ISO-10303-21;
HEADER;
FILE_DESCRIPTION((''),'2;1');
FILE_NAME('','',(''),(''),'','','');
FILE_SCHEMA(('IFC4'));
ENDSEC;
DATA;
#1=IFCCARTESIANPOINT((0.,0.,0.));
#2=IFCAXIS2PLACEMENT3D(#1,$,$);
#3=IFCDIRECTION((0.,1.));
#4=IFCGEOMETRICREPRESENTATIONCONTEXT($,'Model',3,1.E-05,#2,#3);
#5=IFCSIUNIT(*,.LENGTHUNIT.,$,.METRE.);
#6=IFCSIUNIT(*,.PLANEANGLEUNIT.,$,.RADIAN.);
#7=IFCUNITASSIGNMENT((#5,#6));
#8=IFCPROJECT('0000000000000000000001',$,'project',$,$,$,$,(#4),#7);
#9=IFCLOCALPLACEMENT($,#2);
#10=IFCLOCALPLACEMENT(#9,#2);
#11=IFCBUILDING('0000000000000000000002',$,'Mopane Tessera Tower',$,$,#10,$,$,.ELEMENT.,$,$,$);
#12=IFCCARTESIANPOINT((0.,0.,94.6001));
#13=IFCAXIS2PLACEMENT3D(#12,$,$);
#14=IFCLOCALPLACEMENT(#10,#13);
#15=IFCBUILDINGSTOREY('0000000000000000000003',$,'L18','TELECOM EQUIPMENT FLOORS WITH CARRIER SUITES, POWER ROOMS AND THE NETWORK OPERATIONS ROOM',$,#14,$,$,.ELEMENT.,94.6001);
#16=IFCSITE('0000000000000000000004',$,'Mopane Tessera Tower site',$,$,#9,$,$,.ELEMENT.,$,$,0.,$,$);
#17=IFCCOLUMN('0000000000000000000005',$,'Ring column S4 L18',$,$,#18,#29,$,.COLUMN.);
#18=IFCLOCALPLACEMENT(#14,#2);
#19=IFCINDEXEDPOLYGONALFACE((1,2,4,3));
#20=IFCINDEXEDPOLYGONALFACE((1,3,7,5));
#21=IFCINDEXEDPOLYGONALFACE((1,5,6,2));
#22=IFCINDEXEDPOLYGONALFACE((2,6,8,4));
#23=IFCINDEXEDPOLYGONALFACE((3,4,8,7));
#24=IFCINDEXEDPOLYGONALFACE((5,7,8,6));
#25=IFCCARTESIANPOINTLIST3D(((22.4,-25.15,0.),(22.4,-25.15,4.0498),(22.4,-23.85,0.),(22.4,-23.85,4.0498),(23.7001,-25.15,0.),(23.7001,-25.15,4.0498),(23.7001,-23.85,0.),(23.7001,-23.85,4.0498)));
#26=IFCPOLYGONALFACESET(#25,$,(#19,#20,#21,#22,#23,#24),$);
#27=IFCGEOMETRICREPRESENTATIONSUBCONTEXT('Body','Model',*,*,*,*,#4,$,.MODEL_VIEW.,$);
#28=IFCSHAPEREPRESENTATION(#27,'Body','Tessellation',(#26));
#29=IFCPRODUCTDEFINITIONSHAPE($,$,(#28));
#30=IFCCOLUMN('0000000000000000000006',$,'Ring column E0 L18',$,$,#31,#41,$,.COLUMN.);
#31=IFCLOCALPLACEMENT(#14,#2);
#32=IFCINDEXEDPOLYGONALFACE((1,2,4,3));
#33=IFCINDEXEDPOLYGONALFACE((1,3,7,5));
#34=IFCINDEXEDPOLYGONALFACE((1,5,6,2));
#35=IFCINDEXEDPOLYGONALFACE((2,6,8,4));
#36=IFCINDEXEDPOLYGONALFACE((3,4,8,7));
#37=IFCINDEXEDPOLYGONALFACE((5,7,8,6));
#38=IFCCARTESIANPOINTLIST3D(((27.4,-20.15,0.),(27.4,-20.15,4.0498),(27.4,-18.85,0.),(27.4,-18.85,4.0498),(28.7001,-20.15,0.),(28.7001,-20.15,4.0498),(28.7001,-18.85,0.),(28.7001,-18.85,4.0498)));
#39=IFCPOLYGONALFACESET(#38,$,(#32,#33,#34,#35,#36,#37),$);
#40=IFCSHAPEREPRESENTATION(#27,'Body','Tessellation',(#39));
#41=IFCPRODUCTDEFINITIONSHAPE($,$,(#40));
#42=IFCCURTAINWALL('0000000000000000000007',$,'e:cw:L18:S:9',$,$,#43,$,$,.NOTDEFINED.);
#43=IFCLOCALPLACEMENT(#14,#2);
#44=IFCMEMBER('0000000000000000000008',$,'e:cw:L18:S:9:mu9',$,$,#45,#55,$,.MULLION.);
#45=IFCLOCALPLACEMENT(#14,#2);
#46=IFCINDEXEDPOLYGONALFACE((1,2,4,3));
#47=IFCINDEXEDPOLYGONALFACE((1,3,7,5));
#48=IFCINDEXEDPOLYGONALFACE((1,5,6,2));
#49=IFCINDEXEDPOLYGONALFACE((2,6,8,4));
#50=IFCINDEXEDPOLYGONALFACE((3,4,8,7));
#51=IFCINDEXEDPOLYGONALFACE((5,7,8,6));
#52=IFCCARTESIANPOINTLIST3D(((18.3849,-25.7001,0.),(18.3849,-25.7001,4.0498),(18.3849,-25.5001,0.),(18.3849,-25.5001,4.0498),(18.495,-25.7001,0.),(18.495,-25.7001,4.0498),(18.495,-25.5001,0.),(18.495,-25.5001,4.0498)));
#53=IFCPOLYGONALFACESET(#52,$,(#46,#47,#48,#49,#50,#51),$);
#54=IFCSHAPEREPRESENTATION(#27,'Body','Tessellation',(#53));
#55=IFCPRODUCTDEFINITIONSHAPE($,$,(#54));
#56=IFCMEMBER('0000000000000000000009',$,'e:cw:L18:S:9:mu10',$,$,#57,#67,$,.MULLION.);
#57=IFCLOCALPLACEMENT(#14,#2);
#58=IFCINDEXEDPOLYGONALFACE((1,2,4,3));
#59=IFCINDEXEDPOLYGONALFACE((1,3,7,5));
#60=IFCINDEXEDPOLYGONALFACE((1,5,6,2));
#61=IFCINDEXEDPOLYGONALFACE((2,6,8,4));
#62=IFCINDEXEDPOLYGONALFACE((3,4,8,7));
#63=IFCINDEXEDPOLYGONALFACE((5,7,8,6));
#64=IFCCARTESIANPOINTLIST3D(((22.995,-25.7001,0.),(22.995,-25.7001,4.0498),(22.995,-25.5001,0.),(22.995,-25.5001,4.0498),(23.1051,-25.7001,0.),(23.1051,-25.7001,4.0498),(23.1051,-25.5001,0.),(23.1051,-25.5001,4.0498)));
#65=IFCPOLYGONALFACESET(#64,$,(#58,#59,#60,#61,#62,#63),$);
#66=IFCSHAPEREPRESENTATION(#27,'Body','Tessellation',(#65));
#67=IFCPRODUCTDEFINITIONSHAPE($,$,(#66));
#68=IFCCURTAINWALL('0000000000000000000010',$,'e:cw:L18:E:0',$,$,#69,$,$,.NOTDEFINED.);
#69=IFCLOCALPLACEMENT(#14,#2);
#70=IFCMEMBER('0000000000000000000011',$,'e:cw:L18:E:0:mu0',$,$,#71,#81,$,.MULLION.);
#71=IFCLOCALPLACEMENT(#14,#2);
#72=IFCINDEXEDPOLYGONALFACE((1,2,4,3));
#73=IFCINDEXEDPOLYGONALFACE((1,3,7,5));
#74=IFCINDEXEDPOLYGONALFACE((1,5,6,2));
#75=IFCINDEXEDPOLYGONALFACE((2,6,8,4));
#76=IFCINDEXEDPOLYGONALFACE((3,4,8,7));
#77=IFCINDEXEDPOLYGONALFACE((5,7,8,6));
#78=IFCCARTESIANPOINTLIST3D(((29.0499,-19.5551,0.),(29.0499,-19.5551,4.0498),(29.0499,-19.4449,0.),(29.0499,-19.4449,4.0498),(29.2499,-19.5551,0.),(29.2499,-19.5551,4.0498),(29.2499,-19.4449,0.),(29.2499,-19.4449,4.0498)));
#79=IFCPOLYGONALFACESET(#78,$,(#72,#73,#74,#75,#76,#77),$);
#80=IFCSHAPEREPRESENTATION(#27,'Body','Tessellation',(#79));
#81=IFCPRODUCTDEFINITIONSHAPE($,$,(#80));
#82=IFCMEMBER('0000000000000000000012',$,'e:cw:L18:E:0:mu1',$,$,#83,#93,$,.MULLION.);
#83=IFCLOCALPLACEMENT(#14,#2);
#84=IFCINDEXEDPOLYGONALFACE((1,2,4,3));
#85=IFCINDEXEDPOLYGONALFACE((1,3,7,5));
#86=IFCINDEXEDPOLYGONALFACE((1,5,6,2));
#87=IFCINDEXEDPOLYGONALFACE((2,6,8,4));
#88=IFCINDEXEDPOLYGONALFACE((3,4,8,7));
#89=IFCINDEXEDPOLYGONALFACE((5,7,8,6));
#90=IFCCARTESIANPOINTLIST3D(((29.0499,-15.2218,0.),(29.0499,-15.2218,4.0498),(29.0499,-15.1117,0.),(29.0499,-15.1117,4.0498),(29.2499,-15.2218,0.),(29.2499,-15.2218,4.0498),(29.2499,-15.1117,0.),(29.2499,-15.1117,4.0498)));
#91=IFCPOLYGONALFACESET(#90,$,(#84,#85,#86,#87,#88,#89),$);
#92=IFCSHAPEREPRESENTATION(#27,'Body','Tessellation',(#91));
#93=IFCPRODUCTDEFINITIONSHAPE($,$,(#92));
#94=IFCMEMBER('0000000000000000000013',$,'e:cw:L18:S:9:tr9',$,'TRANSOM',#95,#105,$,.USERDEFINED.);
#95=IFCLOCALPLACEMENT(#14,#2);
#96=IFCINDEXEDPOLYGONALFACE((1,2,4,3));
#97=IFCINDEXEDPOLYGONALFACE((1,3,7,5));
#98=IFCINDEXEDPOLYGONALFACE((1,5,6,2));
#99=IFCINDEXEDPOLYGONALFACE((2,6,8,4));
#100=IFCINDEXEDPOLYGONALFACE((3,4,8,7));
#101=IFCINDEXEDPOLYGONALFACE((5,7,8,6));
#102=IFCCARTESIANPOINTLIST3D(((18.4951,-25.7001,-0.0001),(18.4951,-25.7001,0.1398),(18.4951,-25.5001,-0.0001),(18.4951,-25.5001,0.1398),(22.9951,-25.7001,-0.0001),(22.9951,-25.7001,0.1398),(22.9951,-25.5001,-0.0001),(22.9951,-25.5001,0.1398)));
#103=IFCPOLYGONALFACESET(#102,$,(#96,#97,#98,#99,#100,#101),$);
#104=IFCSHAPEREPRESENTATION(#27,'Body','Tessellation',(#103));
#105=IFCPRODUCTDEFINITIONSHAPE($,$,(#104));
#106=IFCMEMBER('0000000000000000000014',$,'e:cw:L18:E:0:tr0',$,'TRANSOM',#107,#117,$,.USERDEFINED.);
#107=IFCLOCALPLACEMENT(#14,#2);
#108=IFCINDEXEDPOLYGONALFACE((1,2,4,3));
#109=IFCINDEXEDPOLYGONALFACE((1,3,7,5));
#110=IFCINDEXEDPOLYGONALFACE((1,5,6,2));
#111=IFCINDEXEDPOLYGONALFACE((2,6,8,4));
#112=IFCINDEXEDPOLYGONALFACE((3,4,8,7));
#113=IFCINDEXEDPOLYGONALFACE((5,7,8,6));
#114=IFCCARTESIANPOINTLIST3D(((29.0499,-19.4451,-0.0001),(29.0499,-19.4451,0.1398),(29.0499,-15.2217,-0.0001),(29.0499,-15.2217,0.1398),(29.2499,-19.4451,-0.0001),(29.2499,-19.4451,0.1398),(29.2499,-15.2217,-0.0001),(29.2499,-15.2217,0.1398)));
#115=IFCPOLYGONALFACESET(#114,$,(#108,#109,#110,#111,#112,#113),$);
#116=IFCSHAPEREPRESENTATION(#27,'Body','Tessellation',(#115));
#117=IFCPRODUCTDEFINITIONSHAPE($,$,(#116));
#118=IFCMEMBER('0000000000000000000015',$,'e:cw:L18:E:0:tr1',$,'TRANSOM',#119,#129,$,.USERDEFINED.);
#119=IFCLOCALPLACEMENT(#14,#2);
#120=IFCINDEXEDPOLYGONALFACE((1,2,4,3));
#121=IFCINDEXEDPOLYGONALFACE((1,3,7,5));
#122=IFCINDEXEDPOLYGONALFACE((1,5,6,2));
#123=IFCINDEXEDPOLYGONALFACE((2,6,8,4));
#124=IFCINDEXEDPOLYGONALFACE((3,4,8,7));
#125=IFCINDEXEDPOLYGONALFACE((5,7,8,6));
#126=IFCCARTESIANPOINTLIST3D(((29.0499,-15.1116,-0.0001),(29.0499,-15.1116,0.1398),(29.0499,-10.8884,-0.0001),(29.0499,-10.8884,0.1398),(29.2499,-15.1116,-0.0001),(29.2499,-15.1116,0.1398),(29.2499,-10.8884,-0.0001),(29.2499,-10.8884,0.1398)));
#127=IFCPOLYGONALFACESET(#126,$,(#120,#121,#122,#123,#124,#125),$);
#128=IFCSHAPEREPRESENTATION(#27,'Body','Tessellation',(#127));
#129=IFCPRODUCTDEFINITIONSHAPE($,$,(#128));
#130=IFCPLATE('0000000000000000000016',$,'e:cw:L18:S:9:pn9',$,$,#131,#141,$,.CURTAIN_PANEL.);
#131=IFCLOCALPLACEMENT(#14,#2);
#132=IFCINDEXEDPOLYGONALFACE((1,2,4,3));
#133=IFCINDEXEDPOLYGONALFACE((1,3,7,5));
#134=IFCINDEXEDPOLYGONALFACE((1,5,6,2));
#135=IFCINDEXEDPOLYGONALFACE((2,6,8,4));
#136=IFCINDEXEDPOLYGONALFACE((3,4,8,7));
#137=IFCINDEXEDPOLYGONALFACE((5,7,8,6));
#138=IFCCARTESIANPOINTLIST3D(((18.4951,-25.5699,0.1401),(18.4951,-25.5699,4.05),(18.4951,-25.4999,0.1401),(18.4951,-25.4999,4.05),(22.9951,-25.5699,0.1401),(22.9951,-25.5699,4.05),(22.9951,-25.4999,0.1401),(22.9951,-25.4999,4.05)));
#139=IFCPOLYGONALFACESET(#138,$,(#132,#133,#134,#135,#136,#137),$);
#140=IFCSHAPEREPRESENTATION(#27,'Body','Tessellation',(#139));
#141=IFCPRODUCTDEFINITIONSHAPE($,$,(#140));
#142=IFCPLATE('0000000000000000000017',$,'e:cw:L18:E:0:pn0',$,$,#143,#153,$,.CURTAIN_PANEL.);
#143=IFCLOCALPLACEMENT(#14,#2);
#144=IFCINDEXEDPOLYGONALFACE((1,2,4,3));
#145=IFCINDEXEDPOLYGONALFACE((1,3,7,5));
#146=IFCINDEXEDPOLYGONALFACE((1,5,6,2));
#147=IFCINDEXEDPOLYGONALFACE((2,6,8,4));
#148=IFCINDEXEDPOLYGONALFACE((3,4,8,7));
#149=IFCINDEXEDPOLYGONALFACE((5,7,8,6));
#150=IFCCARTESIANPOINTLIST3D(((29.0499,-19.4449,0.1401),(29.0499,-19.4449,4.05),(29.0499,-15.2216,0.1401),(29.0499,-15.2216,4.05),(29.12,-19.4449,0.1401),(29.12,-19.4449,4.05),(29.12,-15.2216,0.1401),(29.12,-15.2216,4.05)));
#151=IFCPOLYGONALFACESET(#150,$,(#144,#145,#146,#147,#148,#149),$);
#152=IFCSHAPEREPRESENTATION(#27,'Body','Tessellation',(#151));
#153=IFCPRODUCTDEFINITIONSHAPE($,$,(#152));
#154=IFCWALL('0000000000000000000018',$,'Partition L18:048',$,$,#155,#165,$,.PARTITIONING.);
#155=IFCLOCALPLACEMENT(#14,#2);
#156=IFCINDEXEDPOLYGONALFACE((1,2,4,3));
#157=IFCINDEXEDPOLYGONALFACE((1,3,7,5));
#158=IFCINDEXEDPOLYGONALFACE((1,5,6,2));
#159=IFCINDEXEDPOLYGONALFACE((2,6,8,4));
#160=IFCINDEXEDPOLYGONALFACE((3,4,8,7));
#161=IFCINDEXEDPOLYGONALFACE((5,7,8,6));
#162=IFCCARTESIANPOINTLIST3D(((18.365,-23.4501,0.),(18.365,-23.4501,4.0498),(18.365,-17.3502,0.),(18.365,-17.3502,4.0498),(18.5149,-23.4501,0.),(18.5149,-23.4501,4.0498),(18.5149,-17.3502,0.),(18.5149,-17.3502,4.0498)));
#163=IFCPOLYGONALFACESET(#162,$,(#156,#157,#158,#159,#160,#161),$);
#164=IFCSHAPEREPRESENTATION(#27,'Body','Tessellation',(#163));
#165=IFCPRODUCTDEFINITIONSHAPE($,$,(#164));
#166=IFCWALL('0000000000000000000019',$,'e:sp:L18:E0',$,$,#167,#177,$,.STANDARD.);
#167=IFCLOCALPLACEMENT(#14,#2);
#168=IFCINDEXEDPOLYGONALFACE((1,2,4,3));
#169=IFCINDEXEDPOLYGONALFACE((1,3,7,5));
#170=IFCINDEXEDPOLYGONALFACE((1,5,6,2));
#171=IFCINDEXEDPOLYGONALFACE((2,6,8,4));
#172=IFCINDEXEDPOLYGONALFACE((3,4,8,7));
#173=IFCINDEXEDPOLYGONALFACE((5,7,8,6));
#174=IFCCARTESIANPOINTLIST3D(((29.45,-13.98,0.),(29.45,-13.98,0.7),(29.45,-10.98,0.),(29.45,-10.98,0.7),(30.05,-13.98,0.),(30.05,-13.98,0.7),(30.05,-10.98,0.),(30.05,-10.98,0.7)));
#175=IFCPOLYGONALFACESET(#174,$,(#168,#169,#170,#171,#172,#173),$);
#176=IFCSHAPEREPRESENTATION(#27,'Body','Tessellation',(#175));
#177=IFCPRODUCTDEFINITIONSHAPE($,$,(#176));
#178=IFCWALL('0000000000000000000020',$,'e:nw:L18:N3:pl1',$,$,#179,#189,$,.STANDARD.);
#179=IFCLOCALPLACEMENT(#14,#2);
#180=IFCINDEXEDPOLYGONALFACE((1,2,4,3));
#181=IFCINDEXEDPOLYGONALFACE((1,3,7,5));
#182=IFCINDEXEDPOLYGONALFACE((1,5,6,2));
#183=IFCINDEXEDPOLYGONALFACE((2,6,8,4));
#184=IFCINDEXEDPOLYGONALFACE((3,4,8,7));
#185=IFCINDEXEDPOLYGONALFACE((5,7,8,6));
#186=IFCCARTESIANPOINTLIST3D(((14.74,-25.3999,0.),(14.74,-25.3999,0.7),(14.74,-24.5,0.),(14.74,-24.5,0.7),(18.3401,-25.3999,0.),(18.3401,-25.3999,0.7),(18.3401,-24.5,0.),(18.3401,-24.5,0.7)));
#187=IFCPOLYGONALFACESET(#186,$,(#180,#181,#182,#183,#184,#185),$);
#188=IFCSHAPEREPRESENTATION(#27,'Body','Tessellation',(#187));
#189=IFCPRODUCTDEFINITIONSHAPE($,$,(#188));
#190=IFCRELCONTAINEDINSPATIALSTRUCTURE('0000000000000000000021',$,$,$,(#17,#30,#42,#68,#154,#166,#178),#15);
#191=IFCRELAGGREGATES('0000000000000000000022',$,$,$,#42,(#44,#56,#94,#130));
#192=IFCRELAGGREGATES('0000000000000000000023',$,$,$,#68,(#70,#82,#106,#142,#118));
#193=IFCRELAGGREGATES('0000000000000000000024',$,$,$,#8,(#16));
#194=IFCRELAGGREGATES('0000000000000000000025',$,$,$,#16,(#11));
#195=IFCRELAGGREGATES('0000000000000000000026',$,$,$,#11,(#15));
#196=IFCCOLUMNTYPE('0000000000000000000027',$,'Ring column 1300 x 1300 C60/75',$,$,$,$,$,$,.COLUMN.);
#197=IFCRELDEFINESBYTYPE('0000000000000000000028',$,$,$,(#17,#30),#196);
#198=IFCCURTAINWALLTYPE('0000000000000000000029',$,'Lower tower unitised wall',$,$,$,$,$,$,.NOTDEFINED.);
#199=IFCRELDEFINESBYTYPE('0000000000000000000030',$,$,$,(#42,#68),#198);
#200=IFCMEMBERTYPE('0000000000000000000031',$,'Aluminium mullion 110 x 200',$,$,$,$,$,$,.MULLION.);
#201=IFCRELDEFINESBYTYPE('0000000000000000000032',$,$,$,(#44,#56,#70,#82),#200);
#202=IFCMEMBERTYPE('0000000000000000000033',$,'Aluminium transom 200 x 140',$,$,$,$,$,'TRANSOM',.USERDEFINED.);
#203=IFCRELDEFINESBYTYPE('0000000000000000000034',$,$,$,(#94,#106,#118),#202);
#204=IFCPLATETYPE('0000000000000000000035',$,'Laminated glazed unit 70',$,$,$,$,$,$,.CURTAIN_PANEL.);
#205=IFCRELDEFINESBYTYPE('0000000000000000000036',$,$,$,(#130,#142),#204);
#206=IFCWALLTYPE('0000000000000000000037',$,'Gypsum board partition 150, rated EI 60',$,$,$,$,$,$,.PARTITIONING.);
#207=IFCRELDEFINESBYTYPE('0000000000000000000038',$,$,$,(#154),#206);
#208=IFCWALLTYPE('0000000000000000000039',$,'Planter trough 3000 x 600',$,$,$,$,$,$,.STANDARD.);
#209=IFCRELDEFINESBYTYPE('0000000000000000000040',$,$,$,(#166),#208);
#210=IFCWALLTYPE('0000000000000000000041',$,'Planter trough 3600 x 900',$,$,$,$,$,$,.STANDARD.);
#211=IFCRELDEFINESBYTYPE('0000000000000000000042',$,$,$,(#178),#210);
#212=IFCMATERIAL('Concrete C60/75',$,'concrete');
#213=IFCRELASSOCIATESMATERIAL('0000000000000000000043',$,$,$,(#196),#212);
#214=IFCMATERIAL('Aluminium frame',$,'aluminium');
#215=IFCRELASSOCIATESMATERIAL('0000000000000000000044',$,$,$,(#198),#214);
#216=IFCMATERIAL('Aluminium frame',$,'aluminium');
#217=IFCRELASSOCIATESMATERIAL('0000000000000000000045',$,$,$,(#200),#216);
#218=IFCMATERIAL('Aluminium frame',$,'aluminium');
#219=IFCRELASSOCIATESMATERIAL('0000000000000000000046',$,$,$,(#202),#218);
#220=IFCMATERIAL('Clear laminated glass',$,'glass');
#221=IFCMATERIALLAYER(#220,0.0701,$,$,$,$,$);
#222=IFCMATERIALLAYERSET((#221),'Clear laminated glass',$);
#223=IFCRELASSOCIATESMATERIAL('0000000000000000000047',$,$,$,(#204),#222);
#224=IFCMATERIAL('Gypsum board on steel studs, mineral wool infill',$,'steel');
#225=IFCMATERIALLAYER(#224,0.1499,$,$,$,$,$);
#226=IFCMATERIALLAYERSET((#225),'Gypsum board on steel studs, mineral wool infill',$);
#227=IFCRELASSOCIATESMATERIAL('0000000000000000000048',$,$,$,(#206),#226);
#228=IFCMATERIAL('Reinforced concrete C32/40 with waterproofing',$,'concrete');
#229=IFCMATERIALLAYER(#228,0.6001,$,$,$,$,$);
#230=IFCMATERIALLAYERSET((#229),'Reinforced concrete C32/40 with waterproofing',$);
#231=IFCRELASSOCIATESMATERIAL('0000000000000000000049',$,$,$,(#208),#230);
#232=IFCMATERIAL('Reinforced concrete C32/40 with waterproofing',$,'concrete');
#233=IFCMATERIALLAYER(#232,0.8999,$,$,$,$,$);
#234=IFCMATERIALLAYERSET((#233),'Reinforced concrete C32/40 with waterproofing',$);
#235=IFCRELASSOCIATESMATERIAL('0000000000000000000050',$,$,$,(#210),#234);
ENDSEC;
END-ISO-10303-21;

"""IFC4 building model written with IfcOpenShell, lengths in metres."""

from ifc_helpers import new_model, si_unit, direction, frame, frame_2d, origin, origin_2d, place, context, subcontext, project, spatial, rectangle, extrude, material, layer, layer_set, material_profile, profile_set, type_object, element, aggregate, save


model = new_model("IFC4")

# Units and contexts
model_context = context("Model", 3, precision=1e-05, world=origin(), true_north=direction((0.0, 1.0)))
body_context = subcontext(model_context, "Body", "Model", "MODEL_VIEW")
ifc_project = project(units=[si_unit("LENGTHUNIT", "METRE"), si_unit("PLANEANGLEUNIT", "RADIAN")], contexts=[model_context])

# Site, building, storey
site_placement = place(None, origin())
site = spatial("IfcSite", under=ifc_project, at=site_placement, Name="Mopane Tessera Tower site", CompositionType="ELEMENT", RefElevation=0.0)
building_placement = place(site_placement, origin())
building = spatial("IfcBuilding", under=site, at=building_placement, Name="Mopane Tessera Tower", CompositionType="ELEMENT")
storey_placement = place(building_placement, frame((0.0, 0.0, 94.6001)))
storey = spatial("IfcBuildingStorey", under=building, at=storey_placement, Name="L18", Description="TELECOM EQUIPMENT FLOORS WITH CARRIER SUITES, POWER ROOMS AND THE NETWORK OPERATIONS ROOM", CompositionType="ELEMENT", Elevation=94.6001)

# Columns
ifc_material_1 = material(Name="Concrete C60/75", Category="concrete")
ifc_material_profile_1 = material_profile(ifc_material_1, rectangle(XDim=1.3, YDim=1.3, at=origin_2d()))
ifc_profile_set_1 = profile_set([ifc_material_profile_1], Name="Concrete C60/75")
column_type = type_object("IfcColumnType", Name="Ring column 1300 x 1300 C60/75", PredefinedType="COLUMN", material=ifc_profile_set_1)
for number, where, z_axis, x_axis, name in (
    (1, (23.05, -24.5, 0.0), (0.0, 0.0, 1.0), (1.0, 0.0, 0.0), "Ring column S4 L18"),
    (2, (28.05, -19.5, 0.0), (0.0, 0.0, 1.0), (1.0, 0.0, 0.0), "Ring column E0 L18"),
):
    element("IfcColumn", number, at=place(storey_placement, frame(where, z_axis=z_axis, x_axis=x_axis)), inside=storey, type_object=column_type, Name=name, PredefinedType="COLUMN", context=body_context, shape_type="SweptSolid", body=[
        extrude(rectangle(XDim=1.3, YDim=1.3, at=origin_2d()), origin(), (0.0, 0.0, 1.0), 4.0498),
    ])

# Curtain walls, members
ifc_material_2 = material(Name="Aluminium frame", Category="aluminium")
curtain_wall_type = type_object("IfcCurtainWallType", Name="Lower tower unitised wall", PredefinedType="NOTDEFINED", material=ifc_material_2)
curtain_wall_1_placement = place(storey_placement, origin())
curtain_wall_1 = element("IfcCurtainWall", 3, at=curtain_wall_1_placement, inside=storey, type_object=curtain_wall_type, Name="e:cw:L18:S:9", PredefinedType="NOTDEFINED")
ifc_material_3 = material(Name="Aluminium frame", Category="aluminium")
ifc_material_profile_2 = material_profile(ifc_material_3, rectangle(XDim=0.1101, YDim=0.2, at=origin_2d()))
ifc_profile_set_2 = profile_set([ifc_material_profile_2], Name="Aluminium frame")
member_type_1 = type_object("IfcMemberType", Name="Aluminium mullion 110 x 200", PredefinedType="MULLION", material=ifc_profile_set_2)
member_1_placement = place(storey_placement, frame((18.4399, -25.6001, 0.0), z_axis=(0.0, 0.0, 1.0), x_axis=(1.0, 0.0, 0.0)))
member_1 = element("IfcMember", 4, at=member_1_placement, type_object=member_type_1, Name="e:cw:L18:S:9:mu9", PredefinedType="MULLION", context=body_context, shape_type="SweptSolid", body=[
    extrude(rectangle(XDim=0.1101, YDim=0.2, at=origin_2d()), origin(), (0.0, 0.0, 1.0), 4.0498),
])
member_2_placement = place(storey_placement, frame((23.05, -25.6001, 0.0), z_axis=(0.0, 0.0, 1.0), x_axis=(1.0, 0.0, 0.0)))
member_2 = element("IfcMember", 5, at=member_2_placement, type_object=member_type_1, Name="e:cw:L18:S:9:mu10", PredefinedType="MULLION", context=body_context, shape_type="SweptSolid", body=[
    extrude(rectangle(XDim=0.1101, YDim=0.2, at=origin_2d()), origin(), (0.0, 0.0, 1.0), 4.0498),
])
curtain_wall_2_placement = place(storey_placement, origin())
curtain_wall_2 = element("IfcCurtainWall", 6, at=curtain_wall_2_placement, inside=storey, type_object=curtain_wall_type, Name="e:cw:L18:E:0", PredefinedType="NOTDEFINED")
member_3_placement = place(storey_placement, frame((29.1499, -19.5, 0.0), z_axis=(0.0, 0.0, 1.0), x_axis=(0.0, 1.0, 0.0)))
member_3 = element("IfcMember", 7, at=member_3_placement, type_object=member_type_1, Name="e:cw:L18:E:0:mu0", PredefinedType="MULLION", context=body_context, shape_type="SweptSolid", body=[
    extrude(rectangle(XDim=0.1101, YDim=0.2, at=origin_2d()), origin(), (0.0, 0.0, 1.0), 4.0498),
])
member_4_placement = place(storey_placement, frame((29.1499, -15.1667, 0.0), z_axis=(0.0, 0.0, 1.0), x_axis=(0.0, 1.0, 0.0)))
member_4 = element("IfcMember", 8, at=member_4_placement, type_object=member_type_1, Name="e:cw:L18:E:0:mu1", PredefinedType="MULLION", context=body_context, shape_type="SweptSolid", body=[
    extrude(rectangle(XDim=0.1101, YDim=0.2, at=origin_2d()), origin(), (0.0, 0.0, 1.0), 4.0498),
])

# Members
ifc_material_4 = material(Name="Aluminium frame", Category="aluminium")
ifc_material_profile_3 = material_profile(ifc_material_4, rectangle(XDim=0.2, YDim=0.1399, at=origin_2d()))
ifc_profile_set_3 = profile_set([ifc_material_profile_3], Name="Aluminium frame")
member_type_2 = type_object("IfcMemberType", Name="Aluminium transom 200 x 140", ElementType="TRANSOM", PredefinedType="USERDEFINED", material=ifc_profile_set_3)
member_5_placement = place(storey_placement, frame((18.4951, -25.6001, 0.0698), z_axis=(1.0, 0.0, 0.0), x_axis=(0.0, 1.0, 0.0)))
member_5 = element("IfcMember", 9, at=member_5_placement, type_object=member_type_2, Name="e:cw:L18:S:9:tr9", ObjectType="TRANSOM", PredefinedType="USERDEFINED", context=body_context, shape_type="SweptSolid", body=[
    extrude(rectangle(XDim=0.2, YDim=0.1399, at=origin_2d()), origin(), (0.0, 0.0, 1.0), 4.5),
])
member_6_placement = place(storey_placement, frame((29.1499, -19.4451, 0.0698), z_axis=(0.0, 1.0, 0.0), x_axis=(-1.0, 0.0, 0.0)))
member_6 = element("IfcMember", 10, at=member_6_placement, type_object=member_type_2, Name="e:cw:L18:E:0:tr0", ObjectType="TRANSOM", PredefinedType="USERDEFINED", context=body_context, shape_type="SweptSolid", body=[
    extrude(rectangle(XDim=0.2, YDim=0.1399, at=origin_2d()), origin(), (0.0, 0.0, 1.0), 4.2234),
])
member_7_placement = place(storey_placement, frame((29.1499, -15.1116, 0.0698), z_axis=(0.0, 1.0, 0.0), x_axis=(-1.0, 0.0, 0.0)))
member_7 = element("IfcMember", 11, at=member_7_placement, type_object=member_type_2, Name="e:cw:L18:E:0:tr1", ObjectType="TRANSOM", PredefinedType="USERDEFINED", context=body_context, shape_type="SweptSolid", body=[
    extrude(rectangle(XDim=0.2, YDim=0.1399, at=origin_2d()), origin(), (0.0, 0.0, 1.0), 4.2231),
])

# Plates
ifc_material_5 = material(Name="Clear laminated glass", Category="glass")
ifc_layer_1 = layer(ifc_material_5, 0.0701)
ifc_layer_set_1 = layer_set([ifc_layer_1], Name="Clear laminated glass")
plate_type = type_object("IfcPlateType", Name="Laminated glazed unit 70", PredefinedType="CURTAIN_PANEL", material=ifc_layer_set_1)
plate_1_placement = place(storey_placement, frame((20.7451, -25.5349, 0.1401), z_axis=(0.0, 0.0, 1.0), x_axis=(1.0, 0.0, 0.0)))
plate_1 = element("IfcPlate", 12, at=plate_1_placement, type_object=plate_type, Name="e:cw:L18:S:9:pn9", PredefinedType="CURTAIN_PANEL", context=body_context, shape_type="SweptSolid", body=[
    extrude(rectangle(XDim=4.5, YDim=0.0701, at=origin_2d()), origin(), (0.0, 0.0, 1.0), 3.9099),
])
aggregate(curtain_wall_1, [member_1, member_2, member_5, plate_1])
plate_2_placement = place(storey_placement, frame((29.085, -17.3333, 0.1401), z_axis=(0.0, 0.0, 1.0), x_axis=(0.0, 1.0, 0.0)))
plate_2 = element("IfcPlate", 13, at=plate_2_placement, type_object=plate_type, Name="e:cw:L18:E:0:pn0", PredefinedType="CURTAIN_PANEL", context=body_context, shape_type="SweptSolid", body=[
    extrude(rectangle(XDim=4.2234, YDim=0.0701, at=origin_2d()), origin(), (0.0, 0.0, 1.0), 3.9099),
])
aggregate(curtain_wall_2, [member_3, member_4, member_6, plate_2, member_7])

# Walls
ifc_material_6 = material(Name="Gypsum board on steel studs, mineral wool infill", Category="steel")
ifc_layer_2 = layer(ifc_material_6, 0.1499)
ifc_layer_set_2 = layer_set([ifc_layer_2], Name="Gypsum board on steel studs, mineral wool infill")
wall_type_1 = type_object("IfcWallType", Name="Gypsum board partition 150, rated EI 60", PredefinedType="PARTITIONING", material=ifc_layer_set_2)
wall_1_placement = place(storey_placement, frame((18.4399, -23.45, 0.0), z_axis=(0.0, 0.0, 1.0), x_axis=(0.0, 1.0, 0.0)))
element("IfcWall", 14, at=wall_1_placement, inside=storey, type_object=wall_type_1, Name="Partition L18:048", PredefinedType="PARTITIONING", context=body_context, shape_type="SweptSolid", body=[
    extrude(rectangle(XDim=6.0999, YDim=0.1499, at=frame_2d((3.0498, 0.0))), origin(), (0.0, 0.0, 1.0), 4.0498),
])
ifc_material_7 = material(Name="Reinforced concrete C32/40 with waterproofing", Category="concrete")
ifc_layer_3 = layer(ifc_material_7, 0.6001)
ifc_layer_set_3 = layer_set([ifc_layer_3], Name="Reinforced concrete C32/40 with waterproofing")
wall_type_2 = type_object("IfcWallType", Name="Planter trough 3000 x 600", PredefinedType="STANDARD", material=ifc_layer_set_3)
wall_2_placement = place(storey_placement, frame((29.75, -13.98, 0.0), z_axis=(0.0, 0.0, 1.0), x_axis=(0.0, 1.0, 0.0)))
element("IfcWall", 15, at=wall_2_placement, inside=storey, type_object=wall_type_2, Name="e:sp:L18:E0", PredefinedType="STANDARD", context=body_context, shape_type="SweptSolid", body=[
    extrude(rectangle(XDim=3.0, YDim=0.6001, at=frame_2d((1.5, 0.0))), origin(), (0.0, 0.0, 1.0), 0.7),
])
ifc_material_8 = material(Name="Reinforced concrete C32/40 with waterproofing", Category="concrete")
ifc_layer_4 = layer(ifc_material_8, 0.8999)
ifc_layer_set_4 = layer_set([ifc_layer_4], Name="Reinforced concrete C32/40 with waterproofing")
wall_type_3 = type_object("IfcWallType", Name="Planter trough 3600 x 900", PredefinedType="STANDARD", material=ifc_layer_set_4)
wall_3_placement = place(storey_placement, frame((14.74, -24.95, 0.0), z_axis=(0.0, 0.0, 1.0), x_axis=(1.0, 0.0, 0.0)))
element("IfcWall", 16, at=wall_3_placement, inside=storey, type_object=wall_type_3, Name="e:nw:L18:N3:pl1", PredefinedType="STANDARD", context=body_context, shape_type="SweptSolid", body=[
    extrude(rectangle(XDim=3.6001, YDim=0.8999, at=frame_2d((1.8, 0.0))), origin(), (0.0, 0.0, 1.0), 0.7),
])

save(model, "model.ifc")
